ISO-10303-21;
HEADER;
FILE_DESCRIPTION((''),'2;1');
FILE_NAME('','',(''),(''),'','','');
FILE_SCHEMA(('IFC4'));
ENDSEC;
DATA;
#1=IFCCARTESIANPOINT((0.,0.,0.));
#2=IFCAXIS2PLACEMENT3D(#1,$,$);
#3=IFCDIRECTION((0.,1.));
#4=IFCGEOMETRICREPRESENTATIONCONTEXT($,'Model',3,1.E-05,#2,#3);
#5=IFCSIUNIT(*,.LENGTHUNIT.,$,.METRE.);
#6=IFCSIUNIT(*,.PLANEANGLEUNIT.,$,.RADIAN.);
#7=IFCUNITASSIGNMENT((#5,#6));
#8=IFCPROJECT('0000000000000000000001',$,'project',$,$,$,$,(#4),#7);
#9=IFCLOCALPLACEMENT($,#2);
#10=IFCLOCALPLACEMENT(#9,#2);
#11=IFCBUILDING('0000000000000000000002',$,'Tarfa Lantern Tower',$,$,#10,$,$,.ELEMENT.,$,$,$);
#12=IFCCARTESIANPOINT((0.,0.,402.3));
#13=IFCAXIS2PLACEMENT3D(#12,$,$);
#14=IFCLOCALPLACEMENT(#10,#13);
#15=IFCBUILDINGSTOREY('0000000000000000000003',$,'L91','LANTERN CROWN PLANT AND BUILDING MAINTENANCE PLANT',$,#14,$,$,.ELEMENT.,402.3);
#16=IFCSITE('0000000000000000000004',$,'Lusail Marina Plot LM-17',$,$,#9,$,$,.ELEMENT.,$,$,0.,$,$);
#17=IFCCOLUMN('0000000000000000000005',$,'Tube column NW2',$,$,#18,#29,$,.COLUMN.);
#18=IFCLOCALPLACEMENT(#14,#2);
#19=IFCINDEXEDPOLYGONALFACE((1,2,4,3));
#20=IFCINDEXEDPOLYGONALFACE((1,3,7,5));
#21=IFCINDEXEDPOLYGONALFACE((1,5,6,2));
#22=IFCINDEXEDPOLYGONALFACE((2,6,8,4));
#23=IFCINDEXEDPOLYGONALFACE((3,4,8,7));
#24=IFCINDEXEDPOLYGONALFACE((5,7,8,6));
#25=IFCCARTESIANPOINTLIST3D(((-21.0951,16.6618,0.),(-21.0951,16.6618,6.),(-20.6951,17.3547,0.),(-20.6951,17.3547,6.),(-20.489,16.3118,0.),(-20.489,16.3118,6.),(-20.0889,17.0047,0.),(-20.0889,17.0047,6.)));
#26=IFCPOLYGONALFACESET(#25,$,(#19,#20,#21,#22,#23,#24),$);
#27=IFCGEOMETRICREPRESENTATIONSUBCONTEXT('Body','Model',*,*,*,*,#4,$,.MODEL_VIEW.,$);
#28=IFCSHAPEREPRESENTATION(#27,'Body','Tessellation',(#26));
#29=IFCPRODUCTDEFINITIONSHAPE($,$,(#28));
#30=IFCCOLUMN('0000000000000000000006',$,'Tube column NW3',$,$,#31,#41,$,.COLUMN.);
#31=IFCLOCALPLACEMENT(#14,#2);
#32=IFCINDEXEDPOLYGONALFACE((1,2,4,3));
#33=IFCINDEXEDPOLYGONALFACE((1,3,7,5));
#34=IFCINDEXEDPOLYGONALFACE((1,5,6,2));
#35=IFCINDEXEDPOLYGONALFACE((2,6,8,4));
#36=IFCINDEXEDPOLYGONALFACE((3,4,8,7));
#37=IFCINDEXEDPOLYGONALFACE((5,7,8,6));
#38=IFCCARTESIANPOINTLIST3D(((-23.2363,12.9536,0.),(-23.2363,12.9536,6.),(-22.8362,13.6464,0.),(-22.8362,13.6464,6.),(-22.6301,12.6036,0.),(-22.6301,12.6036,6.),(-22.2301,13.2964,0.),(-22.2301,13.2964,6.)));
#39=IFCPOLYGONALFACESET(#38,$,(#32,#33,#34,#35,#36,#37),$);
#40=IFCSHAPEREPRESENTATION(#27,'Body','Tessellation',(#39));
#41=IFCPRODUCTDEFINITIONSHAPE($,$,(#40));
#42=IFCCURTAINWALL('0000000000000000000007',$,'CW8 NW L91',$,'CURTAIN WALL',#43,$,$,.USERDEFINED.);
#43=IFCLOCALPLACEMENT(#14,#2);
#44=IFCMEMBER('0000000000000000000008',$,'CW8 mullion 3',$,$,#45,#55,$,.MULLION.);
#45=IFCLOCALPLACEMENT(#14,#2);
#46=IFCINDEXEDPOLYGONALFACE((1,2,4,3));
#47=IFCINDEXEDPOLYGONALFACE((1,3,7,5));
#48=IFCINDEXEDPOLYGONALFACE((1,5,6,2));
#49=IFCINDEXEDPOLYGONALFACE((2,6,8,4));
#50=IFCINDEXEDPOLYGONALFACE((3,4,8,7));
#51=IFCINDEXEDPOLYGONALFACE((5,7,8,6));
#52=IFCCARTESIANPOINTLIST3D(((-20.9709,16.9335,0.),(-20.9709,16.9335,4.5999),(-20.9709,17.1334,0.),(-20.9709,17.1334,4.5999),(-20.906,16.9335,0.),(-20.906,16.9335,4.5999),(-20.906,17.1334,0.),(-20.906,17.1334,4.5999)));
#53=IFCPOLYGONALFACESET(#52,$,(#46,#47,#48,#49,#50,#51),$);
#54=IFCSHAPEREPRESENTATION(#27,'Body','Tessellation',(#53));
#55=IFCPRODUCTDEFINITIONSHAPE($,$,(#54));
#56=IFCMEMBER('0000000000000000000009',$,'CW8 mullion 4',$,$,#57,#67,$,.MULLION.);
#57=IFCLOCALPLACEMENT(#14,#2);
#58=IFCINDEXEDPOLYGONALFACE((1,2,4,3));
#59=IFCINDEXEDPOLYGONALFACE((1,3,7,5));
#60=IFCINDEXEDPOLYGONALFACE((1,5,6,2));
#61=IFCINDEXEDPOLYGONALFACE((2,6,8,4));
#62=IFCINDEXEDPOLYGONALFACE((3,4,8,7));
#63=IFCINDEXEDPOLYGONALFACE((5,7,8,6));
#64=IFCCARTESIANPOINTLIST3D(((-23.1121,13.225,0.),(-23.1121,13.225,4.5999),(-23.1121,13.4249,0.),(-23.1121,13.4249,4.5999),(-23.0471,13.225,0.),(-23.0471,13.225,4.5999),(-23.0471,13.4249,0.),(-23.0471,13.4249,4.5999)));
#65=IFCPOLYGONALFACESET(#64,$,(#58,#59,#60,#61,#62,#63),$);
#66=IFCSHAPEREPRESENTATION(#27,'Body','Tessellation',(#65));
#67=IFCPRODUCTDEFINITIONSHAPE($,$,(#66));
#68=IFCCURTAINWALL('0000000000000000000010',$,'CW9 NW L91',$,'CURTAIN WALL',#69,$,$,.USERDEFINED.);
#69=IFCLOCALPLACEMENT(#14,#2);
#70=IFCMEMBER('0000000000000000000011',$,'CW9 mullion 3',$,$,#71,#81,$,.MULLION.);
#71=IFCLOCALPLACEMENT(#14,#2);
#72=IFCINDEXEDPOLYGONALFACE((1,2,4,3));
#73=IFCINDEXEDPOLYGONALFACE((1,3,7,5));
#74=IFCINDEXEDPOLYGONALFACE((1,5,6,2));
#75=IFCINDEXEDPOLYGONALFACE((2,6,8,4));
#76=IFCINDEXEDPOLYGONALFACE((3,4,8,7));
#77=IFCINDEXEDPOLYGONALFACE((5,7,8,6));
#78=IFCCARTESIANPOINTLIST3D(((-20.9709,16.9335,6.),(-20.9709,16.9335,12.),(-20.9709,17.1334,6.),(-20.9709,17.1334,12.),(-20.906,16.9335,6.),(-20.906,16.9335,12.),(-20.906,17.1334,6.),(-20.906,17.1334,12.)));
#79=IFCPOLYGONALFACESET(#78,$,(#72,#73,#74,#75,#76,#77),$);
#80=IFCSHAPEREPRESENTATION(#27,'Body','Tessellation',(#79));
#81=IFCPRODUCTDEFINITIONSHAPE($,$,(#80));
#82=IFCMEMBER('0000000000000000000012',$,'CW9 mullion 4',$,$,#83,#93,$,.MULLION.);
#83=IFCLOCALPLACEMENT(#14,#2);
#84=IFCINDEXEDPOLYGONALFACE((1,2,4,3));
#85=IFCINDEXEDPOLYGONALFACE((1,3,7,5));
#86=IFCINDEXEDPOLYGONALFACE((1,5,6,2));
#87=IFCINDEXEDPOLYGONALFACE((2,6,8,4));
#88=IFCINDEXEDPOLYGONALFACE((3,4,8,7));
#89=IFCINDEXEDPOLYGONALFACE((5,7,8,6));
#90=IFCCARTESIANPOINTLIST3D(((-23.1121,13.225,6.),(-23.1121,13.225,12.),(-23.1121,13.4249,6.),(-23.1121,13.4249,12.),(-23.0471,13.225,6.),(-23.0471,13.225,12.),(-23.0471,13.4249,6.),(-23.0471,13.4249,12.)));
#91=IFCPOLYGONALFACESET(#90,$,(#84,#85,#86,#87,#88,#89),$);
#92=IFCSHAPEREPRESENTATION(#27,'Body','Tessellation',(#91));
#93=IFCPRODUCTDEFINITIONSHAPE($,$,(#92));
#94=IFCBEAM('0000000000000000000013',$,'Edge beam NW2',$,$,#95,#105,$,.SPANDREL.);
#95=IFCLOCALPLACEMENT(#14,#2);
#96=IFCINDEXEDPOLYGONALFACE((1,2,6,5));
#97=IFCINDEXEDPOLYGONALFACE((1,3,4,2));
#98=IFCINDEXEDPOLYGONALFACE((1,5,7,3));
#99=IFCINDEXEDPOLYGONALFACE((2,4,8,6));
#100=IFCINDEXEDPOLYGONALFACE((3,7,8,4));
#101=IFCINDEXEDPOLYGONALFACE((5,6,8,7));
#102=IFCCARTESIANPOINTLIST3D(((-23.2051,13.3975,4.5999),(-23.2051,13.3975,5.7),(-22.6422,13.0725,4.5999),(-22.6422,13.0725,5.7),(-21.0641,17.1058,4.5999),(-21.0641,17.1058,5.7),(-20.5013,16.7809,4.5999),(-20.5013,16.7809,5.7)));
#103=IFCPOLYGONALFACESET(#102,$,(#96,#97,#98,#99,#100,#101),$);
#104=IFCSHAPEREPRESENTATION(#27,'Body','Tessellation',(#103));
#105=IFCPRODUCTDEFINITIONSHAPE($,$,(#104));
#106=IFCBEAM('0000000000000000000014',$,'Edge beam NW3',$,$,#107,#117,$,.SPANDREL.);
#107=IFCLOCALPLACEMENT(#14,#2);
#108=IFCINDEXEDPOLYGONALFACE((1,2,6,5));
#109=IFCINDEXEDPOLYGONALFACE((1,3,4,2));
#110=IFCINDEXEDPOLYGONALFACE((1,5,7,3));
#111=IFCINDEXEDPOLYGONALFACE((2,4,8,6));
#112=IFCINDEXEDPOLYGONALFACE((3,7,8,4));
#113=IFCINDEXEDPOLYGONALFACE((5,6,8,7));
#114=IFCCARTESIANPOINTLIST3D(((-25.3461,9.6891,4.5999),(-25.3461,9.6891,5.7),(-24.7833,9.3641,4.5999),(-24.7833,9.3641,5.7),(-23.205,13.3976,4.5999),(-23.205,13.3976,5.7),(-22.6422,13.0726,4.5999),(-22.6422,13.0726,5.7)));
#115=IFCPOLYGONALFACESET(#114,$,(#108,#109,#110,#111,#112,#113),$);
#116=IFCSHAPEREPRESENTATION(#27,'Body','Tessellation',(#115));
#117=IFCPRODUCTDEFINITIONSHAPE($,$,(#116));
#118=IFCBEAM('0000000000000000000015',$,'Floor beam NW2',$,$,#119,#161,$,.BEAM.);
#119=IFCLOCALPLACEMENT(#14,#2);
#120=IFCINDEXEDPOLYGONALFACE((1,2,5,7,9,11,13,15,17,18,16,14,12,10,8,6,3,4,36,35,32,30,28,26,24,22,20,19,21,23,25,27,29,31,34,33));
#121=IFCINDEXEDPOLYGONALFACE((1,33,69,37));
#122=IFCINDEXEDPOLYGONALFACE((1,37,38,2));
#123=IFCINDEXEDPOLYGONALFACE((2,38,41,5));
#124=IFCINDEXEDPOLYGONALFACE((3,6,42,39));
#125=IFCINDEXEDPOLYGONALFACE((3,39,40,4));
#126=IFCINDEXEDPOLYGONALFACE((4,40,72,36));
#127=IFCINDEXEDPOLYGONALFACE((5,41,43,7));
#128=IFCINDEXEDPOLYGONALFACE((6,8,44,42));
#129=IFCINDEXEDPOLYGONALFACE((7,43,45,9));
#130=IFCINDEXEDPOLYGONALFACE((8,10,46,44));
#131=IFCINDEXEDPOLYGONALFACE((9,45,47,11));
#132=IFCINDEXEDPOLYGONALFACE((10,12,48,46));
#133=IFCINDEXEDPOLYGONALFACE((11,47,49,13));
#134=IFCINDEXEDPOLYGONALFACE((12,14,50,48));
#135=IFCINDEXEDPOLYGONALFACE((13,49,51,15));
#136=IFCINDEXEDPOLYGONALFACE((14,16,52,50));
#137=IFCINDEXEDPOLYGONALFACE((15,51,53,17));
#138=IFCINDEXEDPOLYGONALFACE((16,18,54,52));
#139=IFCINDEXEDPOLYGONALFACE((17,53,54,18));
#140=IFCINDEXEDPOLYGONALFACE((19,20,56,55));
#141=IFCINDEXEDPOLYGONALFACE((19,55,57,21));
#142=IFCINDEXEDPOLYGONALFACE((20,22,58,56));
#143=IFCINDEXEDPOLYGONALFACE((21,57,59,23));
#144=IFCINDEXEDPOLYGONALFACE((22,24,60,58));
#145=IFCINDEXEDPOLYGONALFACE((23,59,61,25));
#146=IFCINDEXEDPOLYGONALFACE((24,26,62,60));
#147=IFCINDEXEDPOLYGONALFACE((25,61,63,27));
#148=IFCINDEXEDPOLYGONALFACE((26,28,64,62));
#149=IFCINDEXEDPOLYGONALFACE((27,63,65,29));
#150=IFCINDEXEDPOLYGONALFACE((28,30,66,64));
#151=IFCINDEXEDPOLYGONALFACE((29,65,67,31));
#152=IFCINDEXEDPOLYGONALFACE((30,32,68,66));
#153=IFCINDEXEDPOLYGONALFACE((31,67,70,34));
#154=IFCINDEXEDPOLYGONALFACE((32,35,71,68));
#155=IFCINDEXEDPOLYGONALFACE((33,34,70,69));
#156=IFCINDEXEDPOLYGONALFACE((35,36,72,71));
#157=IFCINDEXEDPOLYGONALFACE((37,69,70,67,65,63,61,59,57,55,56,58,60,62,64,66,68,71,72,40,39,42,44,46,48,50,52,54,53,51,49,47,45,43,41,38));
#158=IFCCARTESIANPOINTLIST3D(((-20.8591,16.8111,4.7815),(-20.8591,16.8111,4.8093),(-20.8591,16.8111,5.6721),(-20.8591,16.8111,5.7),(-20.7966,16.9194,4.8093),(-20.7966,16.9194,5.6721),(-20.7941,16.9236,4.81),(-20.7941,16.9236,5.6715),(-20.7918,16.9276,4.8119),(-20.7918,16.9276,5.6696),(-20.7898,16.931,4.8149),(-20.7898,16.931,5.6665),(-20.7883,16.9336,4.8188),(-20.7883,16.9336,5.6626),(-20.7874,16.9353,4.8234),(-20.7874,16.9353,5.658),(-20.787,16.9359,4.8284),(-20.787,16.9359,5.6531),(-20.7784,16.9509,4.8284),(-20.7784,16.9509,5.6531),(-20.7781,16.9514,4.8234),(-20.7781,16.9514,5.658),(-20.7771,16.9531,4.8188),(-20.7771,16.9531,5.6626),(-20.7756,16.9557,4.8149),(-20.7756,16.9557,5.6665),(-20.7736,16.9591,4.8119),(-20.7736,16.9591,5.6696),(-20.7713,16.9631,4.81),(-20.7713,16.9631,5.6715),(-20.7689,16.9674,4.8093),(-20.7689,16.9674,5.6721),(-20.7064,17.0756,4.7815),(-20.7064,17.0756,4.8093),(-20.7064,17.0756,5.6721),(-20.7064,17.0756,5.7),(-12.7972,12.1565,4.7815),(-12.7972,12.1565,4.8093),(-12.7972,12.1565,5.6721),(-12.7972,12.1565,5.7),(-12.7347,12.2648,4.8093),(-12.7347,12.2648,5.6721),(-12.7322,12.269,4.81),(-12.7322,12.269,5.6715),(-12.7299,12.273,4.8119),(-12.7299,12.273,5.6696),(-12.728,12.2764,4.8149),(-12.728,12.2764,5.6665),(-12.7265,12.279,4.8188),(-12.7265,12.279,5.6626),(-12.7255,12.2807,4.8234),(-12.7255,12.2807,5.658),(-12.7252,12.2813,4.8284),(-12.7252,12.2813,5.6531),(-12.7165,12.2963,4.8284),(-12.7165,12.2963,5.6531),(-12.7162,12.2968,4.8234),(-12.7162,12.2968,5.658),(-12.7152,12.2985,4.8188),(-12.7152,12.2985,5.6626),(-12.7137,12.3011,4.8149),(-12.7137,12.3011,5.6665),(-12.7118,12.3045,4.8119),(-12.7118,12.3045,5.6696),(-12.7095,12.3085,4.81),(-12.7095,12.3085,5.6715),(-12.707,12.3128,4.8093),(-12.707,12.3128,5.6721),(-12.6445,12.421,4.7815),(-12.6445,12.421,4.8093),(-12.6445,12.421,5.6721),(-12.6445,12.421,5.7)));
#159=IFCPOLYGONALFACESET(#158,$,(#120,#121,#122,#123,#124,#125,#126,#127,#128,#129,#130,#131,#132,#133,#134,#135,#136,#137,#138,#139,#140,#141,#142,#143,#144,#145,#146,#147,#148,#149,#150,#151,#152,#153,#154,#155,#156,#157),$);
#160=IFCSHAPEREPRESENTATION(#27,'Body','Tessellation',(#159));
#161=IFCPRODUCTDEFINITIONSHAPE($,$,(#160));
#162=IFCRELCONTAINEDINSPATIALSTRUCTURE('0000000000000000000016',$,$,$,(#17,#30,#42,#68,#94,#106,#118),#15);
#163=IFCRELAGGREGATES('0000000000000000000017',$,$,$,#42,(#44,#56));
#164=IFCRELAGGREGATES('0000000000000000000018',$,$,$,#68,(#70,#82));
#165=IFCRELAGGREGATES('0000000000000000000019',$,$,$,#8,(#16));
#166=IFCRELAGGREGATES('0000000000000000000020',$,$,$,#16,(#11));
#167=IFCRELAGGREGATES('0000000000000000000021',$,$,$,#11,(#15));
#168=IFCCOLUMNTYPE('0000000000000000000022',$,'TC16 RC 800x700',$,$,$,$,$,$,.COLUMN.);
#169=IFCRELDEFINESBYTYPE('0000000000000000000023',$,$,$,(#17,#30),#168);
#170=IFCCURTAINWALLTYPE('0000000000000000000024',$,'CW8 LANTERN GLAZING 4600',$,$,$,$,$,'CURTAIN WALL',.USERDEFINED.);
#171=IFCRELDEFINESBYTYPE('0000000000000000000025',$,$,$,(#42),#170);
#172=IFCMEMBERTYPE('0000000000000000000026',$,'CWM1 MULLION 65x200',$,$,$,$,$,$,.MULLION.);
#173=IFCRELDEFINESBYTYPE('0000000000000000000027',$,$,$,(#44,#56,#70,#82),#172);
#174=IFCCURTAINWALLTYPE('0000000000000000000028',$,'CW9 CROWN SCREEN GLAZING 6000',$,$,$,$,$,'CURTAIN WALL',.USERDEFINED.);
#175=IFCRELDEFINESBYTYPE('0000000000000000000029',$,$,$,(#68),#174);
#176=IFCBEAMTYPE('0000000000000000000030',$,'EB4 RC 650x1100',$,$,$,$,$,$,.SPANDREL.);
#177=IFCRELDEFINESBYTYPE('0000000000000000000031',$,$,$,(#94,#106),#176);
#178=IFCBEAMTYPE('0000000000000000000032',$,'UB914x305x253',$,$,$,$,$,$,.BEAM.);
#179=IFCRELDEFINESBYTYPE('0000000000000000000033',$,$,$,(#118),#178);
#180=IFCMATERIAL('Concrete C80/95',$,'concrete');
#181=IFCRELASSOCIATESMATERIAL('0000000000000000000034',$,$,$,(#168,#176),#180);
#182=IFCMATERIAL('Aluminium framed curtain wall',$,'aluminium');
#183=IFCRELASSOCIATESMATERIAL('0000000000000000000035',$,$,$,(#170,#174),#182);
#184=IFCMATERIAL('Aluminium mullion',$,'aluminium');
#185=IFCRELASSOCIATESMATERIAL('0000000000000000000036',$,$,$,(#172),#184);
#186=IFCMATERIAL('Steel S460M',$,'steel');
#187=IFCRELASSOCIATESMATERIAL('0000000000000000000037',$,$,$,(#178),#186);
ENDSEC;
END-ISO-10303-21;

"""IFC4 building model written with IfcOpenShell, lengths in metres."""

from ifc_helpers import new_model, si_unit, direction, frame, origin, origin_2d, place, context, subcontext, project, spatial, rectangle, i_section, extrude, material, material_profile, profile_set, type_object, element, aggregate, save


model = new_model("IFC4")

# Units and contexts
model_context = context("Model", 3, precision=1e-05, world=origin(), true_north=direction((0.0, 1.0)))
body_context = subcontext(model_context, "Body", "Model", "MODEL_VIEW")
ifc_project = project(units=[si_unit("LENGTHUNIT", "METRE"), si_unit("PLANEANGLEUNIT", "RADIAN")], contexts=[model_context])

# Site, building, storey
site_placement = place(None, origin())
site = spatial("IfcSite", under=ifc_project, at=site_placement, Name="Lusail Marina Plot LM-17", CompositionType="ELEMENT", RefElevation=0.0)
building_placement = place(site_placement, origin())
building = spatial("IfcBuilding", under=site, at=building_placement, Name="Tarfa Lantern Tower", CompositionType="ELEMENT")
storey_placement = place(building_placement, frame((0.0, 0.0, 402.3)))
storey = spatial("IfcBuildingStorey", under=building, at=storey_placement, Name="L91", Description="LANTERN CROWN PLANT AND BUILDING MAINTENANCE PLANT", CompositionType="ELEMENT", Elevation=402.3)

# Columns
ifc_material_1 = material(Name="Concrete C80/95", Category="concrete")
ifc_material_profile_1 = material_profile(ifc_material_1, rectangle(XDim=0.8, YDim=0.7, at=origin_2d()), Name="RC 800x700")
ifc_profile_set_1 = profile_set([ifc_material_profile_1], Name="Concrete C80/95")
column_type = type_object("IfcColumnType", Name="TC16 RC 800x700", PredefinedType="COLUMN", material=ifc_profile_set_1)
for number, where, z_axis, x_axis, name in (
    (1, (-20.592, 16.8333, 0.0), (0.0, 0.0, 1.0), (-0.5, -0.866025, 0.0), "Tube column NW2"),
    (2, (-22.7332, 13.125, 0.0), (0.0, 0.0, 1.0), (-0.5, -0.866025, 0.0), "Tube column NW3"),
):
    element("IfcColumn", number, at=place(storey_placement, frame(where, z_axis=z_axis, x_axis=x_axis)), inside=storey, type_object=column_type, Name=name, PredefinedType="COLUMN", context=body_context, shape_type="SweptSolid", body=[
        extrude(rectangle(XDim=0.8, YDim=0.7, at=origin_2d()), origin(), (0.0, 0.0, 1.0), 6.0),
    ])

# Curtain walls, members
ifc_material_2 = material(Name="Aluminium framed curtain wall", Category="aluminium")
curtain_wall_type_1 = type_object("IfcCurtainWallType", Name="CW8 LANTERN GLAZING 4600", ElementType="CURTAIN WALL", PredefinedType="USERDEFINED", material=ifc_material_2)
curtain_wall_1_placement = place(storey_placement, origin())
curtain_wall_1 = element("IfcCurtainWall", 3, at=curtain_wall_1_placement, inside=storey, type_object=curtain_wall_type_1, Name="CW8 NW L91", ObjectType="CURTAIN WALL", PredefinedType="USERDEFINED")
ifc_material_3 = material(Name="Aluminium mullion", Category="aluminium")
ifc_material_profile_2 = material_profile(ifc_material_3, rectangle(XDim=0.0649, YDim=0.2, at=origin_2d()), Name="AL MULLION 65x200")
ifc_profile_set_2 = profile_set([ifc_material_profile_2], Name="Aluminium mullion")
member_type = type_object("IfcMemberType", Name="CWM1 MULLION 65x200", PredefinedType="MULLION", material=ifc_profile_set_2)
member_1_placement = place(storey_placement, frame((-20.9385, 17.0334, 0.0), z_axis=(0.0, 0.0, 1.0), x_axis=(1.0, 0.0, 0.0)))
member_1 = element("IfcMember", 4, at=member_1_placement, type_object=member_type, Name="CW8 mullion 3", PredefinedType="MULLION", context=body_context, shape_type="SweptSolid", body=[
    extrude(rectangle(XDim=0.0649, YDim=0.2, at=origin_2d()), origin(), (0.0, 0.0, 1.0), 4.5999),
])
member_2_placement = place(storey_placement, frame((-23.0796, 13.325, 0.0), z_axis=(0.0, 0.0, 1.0), x_axis=(1.0, 0.0, 0.0)))
member_2 = element("IfcMember", 5, at=member_2_placement, type_object=member_type, Name="CW8 mullion 4", PredefinedType="MULLION", context=body_context, shape_type="SweptSolid", body=[
    extrude(rectangle(XDim=0.0649, YDim=0.2, at=origin_2d()), origin(), (0.0, 0.0, 1.0), 4.5999),
])
curtain_wall_type_2 = type_object("IfcCurtainWallType", Name="CW9 CROWN SCREEN GLAZING 6000", ElementType="CURTAIN WALL", PredefinedType="USERDEFINED", material=ifc_material_2)
curtain_wall_2_placement = place(storey_placement, origin())
curtain_wall_2 = element("IfcCurtainWall", 6, at=curtain_wall_2_placement, inside=storey, type_object=curtain_wall_type_2, Name="CW9 NW L91", ObjectType="CURTAIN WALL", PredefinedType="USERDEFINED")
member_3_placement = place(storey_placement, frame((-20.9385, 17.0334, 6.0), z_axis=(0.0, 0.0, 1.0), x_axis=(1.0, 0.0, 0.0)))
member_3 = element("IfcMember", 7, at=member_3_placement, type_object=member_type, Name="CW9 mullion 3", PredefinedType="MULLION", context=body_context, shape_type="SweptSolid", body=[
    extrude(rectangle(XDim=0.0649, YDim=0.2, at=origin_2d()), origin(), (0.0, 0.0, 1.0), 6.0),
])
member_4_placement = place(storey_placement, frame((-23.0796, 13.325, 6.0), z_axis=(0.0, 0.0, 1.0), x_axis=(1.0, 0.0, 0.0)))
member_4 = element("IfcMember", 8, at=member_4_placement, type_object=member_type, Name="CW9 mullion 4", PredefinedType="MULLION", context=body_context, shape_type="SweptSolid", body=[
    extrude(rectangle(XDim=0.0649, YDim=0.2, at=origin_2d()), origin(), (0.0, 0.0, 1.0), 6.0),
])

# Beams
ifc_material_profile_3 = material_profile(ifc_material_1, rectangle(XDim=0.6499, YDim=1.1001, at=origin_2d()), Name="RC 650x1100")
ifc_profile_set_3 = profile_set([ifc_material_profile_3], Name="Concrete C80/95")
beam_type_1 = type_object("IfcBeamType", Name="EB4 RC 650x1100", PredefinedType="SPANDREL", material=ifc_profile_set_3)
beam_1_placement = place(storey_placement, frame((-20.7827, 16.9434, 5.1499), z_axis=(-0.499984, -0.866035, 0.0), x_axis=(0.866035, -0.499984, 0.0)))
element("IfcBeam", 9, at=beam_1_placement, inside=storey, type_object=beam_type_1, Name="Edge beam NW2", PredefinedType="SPANDREL", context=body_context, shape_type="SweptSolid", body=[
    extrude(rectangle(XDim=0.6499, YDim=1.1001, at=origin_2d()), origin(), (0.0, 0.0, 1.0), 4.282),
])
beam_2_placement = place(storey_placement, frame((-22.9236, 13.2351, 5.1499), z_axis=(-0.500002, -0.866024, 0.0), x_axis=(0.866024, -0.500002, 0.0)))
element("IfcBeam", 10, at=beam_2_placement, inside=storey, type_object=beam_type_1, Name="Edge beam NW3", PredefinedType="SPANDREL", context=body_context, shape_type="SweptSolid", body=[
    extrude(rectangle(XDim=0.6499, YDim=1.1001, at=origin_2d()), origin(), (0.0, 0.0, 1.0), 4.2822),
])
ifc_material_4 = material(Name="Steel S460M", Category="steel")
ifc_material_profile_4 = material_profile(ifc_material_4, i_section(OverallWidth=0.3054, OverallDepth=0.9185, WebThickness=0.0173, FlangeThickness=0.0278, FilletRadius=0.019, at=origin_2d()), Name="UB914x305x253")
ifc_profile_set_4 = profile_set([ifc_material_profile_4], Name="Steel S460M")
beam_type_2 = type_object("IfcBeamType", Name="UB914x305x253", PredefinedType="BEAM", material=ifc_profile_set_4)
beam_3_placement = place(storey_placement, frame((-20.7827, 16.9434, 5.2407), z_axis=(0.866022, -0.500006, 0.0), x_axis=(0.500006, 0.866022, 0.0)))
element("IfcBeam", 11, at=beam_3_placement, inside=storey, type_object=beam_type_2, Name="Floor beam NW2", PredefinedType="BEAM", context=body_context, shape_type="SweptSolid", body=[
    extrude(i_section(OverallWidth=0.3054, OverallDepth=0.9185, WebThickness=0.0173, FlangeThickness=0.0278, FilletRadius=0.019, at=origin_2d()), origin(), (0.0, 0.0, 1.0), 9.3091),
])

aggregate(curtain_wall_1, [member_1, member_2])
aggregate(curtain_wall_2, [member_3, member_4])

save(model, "model.ifc")
